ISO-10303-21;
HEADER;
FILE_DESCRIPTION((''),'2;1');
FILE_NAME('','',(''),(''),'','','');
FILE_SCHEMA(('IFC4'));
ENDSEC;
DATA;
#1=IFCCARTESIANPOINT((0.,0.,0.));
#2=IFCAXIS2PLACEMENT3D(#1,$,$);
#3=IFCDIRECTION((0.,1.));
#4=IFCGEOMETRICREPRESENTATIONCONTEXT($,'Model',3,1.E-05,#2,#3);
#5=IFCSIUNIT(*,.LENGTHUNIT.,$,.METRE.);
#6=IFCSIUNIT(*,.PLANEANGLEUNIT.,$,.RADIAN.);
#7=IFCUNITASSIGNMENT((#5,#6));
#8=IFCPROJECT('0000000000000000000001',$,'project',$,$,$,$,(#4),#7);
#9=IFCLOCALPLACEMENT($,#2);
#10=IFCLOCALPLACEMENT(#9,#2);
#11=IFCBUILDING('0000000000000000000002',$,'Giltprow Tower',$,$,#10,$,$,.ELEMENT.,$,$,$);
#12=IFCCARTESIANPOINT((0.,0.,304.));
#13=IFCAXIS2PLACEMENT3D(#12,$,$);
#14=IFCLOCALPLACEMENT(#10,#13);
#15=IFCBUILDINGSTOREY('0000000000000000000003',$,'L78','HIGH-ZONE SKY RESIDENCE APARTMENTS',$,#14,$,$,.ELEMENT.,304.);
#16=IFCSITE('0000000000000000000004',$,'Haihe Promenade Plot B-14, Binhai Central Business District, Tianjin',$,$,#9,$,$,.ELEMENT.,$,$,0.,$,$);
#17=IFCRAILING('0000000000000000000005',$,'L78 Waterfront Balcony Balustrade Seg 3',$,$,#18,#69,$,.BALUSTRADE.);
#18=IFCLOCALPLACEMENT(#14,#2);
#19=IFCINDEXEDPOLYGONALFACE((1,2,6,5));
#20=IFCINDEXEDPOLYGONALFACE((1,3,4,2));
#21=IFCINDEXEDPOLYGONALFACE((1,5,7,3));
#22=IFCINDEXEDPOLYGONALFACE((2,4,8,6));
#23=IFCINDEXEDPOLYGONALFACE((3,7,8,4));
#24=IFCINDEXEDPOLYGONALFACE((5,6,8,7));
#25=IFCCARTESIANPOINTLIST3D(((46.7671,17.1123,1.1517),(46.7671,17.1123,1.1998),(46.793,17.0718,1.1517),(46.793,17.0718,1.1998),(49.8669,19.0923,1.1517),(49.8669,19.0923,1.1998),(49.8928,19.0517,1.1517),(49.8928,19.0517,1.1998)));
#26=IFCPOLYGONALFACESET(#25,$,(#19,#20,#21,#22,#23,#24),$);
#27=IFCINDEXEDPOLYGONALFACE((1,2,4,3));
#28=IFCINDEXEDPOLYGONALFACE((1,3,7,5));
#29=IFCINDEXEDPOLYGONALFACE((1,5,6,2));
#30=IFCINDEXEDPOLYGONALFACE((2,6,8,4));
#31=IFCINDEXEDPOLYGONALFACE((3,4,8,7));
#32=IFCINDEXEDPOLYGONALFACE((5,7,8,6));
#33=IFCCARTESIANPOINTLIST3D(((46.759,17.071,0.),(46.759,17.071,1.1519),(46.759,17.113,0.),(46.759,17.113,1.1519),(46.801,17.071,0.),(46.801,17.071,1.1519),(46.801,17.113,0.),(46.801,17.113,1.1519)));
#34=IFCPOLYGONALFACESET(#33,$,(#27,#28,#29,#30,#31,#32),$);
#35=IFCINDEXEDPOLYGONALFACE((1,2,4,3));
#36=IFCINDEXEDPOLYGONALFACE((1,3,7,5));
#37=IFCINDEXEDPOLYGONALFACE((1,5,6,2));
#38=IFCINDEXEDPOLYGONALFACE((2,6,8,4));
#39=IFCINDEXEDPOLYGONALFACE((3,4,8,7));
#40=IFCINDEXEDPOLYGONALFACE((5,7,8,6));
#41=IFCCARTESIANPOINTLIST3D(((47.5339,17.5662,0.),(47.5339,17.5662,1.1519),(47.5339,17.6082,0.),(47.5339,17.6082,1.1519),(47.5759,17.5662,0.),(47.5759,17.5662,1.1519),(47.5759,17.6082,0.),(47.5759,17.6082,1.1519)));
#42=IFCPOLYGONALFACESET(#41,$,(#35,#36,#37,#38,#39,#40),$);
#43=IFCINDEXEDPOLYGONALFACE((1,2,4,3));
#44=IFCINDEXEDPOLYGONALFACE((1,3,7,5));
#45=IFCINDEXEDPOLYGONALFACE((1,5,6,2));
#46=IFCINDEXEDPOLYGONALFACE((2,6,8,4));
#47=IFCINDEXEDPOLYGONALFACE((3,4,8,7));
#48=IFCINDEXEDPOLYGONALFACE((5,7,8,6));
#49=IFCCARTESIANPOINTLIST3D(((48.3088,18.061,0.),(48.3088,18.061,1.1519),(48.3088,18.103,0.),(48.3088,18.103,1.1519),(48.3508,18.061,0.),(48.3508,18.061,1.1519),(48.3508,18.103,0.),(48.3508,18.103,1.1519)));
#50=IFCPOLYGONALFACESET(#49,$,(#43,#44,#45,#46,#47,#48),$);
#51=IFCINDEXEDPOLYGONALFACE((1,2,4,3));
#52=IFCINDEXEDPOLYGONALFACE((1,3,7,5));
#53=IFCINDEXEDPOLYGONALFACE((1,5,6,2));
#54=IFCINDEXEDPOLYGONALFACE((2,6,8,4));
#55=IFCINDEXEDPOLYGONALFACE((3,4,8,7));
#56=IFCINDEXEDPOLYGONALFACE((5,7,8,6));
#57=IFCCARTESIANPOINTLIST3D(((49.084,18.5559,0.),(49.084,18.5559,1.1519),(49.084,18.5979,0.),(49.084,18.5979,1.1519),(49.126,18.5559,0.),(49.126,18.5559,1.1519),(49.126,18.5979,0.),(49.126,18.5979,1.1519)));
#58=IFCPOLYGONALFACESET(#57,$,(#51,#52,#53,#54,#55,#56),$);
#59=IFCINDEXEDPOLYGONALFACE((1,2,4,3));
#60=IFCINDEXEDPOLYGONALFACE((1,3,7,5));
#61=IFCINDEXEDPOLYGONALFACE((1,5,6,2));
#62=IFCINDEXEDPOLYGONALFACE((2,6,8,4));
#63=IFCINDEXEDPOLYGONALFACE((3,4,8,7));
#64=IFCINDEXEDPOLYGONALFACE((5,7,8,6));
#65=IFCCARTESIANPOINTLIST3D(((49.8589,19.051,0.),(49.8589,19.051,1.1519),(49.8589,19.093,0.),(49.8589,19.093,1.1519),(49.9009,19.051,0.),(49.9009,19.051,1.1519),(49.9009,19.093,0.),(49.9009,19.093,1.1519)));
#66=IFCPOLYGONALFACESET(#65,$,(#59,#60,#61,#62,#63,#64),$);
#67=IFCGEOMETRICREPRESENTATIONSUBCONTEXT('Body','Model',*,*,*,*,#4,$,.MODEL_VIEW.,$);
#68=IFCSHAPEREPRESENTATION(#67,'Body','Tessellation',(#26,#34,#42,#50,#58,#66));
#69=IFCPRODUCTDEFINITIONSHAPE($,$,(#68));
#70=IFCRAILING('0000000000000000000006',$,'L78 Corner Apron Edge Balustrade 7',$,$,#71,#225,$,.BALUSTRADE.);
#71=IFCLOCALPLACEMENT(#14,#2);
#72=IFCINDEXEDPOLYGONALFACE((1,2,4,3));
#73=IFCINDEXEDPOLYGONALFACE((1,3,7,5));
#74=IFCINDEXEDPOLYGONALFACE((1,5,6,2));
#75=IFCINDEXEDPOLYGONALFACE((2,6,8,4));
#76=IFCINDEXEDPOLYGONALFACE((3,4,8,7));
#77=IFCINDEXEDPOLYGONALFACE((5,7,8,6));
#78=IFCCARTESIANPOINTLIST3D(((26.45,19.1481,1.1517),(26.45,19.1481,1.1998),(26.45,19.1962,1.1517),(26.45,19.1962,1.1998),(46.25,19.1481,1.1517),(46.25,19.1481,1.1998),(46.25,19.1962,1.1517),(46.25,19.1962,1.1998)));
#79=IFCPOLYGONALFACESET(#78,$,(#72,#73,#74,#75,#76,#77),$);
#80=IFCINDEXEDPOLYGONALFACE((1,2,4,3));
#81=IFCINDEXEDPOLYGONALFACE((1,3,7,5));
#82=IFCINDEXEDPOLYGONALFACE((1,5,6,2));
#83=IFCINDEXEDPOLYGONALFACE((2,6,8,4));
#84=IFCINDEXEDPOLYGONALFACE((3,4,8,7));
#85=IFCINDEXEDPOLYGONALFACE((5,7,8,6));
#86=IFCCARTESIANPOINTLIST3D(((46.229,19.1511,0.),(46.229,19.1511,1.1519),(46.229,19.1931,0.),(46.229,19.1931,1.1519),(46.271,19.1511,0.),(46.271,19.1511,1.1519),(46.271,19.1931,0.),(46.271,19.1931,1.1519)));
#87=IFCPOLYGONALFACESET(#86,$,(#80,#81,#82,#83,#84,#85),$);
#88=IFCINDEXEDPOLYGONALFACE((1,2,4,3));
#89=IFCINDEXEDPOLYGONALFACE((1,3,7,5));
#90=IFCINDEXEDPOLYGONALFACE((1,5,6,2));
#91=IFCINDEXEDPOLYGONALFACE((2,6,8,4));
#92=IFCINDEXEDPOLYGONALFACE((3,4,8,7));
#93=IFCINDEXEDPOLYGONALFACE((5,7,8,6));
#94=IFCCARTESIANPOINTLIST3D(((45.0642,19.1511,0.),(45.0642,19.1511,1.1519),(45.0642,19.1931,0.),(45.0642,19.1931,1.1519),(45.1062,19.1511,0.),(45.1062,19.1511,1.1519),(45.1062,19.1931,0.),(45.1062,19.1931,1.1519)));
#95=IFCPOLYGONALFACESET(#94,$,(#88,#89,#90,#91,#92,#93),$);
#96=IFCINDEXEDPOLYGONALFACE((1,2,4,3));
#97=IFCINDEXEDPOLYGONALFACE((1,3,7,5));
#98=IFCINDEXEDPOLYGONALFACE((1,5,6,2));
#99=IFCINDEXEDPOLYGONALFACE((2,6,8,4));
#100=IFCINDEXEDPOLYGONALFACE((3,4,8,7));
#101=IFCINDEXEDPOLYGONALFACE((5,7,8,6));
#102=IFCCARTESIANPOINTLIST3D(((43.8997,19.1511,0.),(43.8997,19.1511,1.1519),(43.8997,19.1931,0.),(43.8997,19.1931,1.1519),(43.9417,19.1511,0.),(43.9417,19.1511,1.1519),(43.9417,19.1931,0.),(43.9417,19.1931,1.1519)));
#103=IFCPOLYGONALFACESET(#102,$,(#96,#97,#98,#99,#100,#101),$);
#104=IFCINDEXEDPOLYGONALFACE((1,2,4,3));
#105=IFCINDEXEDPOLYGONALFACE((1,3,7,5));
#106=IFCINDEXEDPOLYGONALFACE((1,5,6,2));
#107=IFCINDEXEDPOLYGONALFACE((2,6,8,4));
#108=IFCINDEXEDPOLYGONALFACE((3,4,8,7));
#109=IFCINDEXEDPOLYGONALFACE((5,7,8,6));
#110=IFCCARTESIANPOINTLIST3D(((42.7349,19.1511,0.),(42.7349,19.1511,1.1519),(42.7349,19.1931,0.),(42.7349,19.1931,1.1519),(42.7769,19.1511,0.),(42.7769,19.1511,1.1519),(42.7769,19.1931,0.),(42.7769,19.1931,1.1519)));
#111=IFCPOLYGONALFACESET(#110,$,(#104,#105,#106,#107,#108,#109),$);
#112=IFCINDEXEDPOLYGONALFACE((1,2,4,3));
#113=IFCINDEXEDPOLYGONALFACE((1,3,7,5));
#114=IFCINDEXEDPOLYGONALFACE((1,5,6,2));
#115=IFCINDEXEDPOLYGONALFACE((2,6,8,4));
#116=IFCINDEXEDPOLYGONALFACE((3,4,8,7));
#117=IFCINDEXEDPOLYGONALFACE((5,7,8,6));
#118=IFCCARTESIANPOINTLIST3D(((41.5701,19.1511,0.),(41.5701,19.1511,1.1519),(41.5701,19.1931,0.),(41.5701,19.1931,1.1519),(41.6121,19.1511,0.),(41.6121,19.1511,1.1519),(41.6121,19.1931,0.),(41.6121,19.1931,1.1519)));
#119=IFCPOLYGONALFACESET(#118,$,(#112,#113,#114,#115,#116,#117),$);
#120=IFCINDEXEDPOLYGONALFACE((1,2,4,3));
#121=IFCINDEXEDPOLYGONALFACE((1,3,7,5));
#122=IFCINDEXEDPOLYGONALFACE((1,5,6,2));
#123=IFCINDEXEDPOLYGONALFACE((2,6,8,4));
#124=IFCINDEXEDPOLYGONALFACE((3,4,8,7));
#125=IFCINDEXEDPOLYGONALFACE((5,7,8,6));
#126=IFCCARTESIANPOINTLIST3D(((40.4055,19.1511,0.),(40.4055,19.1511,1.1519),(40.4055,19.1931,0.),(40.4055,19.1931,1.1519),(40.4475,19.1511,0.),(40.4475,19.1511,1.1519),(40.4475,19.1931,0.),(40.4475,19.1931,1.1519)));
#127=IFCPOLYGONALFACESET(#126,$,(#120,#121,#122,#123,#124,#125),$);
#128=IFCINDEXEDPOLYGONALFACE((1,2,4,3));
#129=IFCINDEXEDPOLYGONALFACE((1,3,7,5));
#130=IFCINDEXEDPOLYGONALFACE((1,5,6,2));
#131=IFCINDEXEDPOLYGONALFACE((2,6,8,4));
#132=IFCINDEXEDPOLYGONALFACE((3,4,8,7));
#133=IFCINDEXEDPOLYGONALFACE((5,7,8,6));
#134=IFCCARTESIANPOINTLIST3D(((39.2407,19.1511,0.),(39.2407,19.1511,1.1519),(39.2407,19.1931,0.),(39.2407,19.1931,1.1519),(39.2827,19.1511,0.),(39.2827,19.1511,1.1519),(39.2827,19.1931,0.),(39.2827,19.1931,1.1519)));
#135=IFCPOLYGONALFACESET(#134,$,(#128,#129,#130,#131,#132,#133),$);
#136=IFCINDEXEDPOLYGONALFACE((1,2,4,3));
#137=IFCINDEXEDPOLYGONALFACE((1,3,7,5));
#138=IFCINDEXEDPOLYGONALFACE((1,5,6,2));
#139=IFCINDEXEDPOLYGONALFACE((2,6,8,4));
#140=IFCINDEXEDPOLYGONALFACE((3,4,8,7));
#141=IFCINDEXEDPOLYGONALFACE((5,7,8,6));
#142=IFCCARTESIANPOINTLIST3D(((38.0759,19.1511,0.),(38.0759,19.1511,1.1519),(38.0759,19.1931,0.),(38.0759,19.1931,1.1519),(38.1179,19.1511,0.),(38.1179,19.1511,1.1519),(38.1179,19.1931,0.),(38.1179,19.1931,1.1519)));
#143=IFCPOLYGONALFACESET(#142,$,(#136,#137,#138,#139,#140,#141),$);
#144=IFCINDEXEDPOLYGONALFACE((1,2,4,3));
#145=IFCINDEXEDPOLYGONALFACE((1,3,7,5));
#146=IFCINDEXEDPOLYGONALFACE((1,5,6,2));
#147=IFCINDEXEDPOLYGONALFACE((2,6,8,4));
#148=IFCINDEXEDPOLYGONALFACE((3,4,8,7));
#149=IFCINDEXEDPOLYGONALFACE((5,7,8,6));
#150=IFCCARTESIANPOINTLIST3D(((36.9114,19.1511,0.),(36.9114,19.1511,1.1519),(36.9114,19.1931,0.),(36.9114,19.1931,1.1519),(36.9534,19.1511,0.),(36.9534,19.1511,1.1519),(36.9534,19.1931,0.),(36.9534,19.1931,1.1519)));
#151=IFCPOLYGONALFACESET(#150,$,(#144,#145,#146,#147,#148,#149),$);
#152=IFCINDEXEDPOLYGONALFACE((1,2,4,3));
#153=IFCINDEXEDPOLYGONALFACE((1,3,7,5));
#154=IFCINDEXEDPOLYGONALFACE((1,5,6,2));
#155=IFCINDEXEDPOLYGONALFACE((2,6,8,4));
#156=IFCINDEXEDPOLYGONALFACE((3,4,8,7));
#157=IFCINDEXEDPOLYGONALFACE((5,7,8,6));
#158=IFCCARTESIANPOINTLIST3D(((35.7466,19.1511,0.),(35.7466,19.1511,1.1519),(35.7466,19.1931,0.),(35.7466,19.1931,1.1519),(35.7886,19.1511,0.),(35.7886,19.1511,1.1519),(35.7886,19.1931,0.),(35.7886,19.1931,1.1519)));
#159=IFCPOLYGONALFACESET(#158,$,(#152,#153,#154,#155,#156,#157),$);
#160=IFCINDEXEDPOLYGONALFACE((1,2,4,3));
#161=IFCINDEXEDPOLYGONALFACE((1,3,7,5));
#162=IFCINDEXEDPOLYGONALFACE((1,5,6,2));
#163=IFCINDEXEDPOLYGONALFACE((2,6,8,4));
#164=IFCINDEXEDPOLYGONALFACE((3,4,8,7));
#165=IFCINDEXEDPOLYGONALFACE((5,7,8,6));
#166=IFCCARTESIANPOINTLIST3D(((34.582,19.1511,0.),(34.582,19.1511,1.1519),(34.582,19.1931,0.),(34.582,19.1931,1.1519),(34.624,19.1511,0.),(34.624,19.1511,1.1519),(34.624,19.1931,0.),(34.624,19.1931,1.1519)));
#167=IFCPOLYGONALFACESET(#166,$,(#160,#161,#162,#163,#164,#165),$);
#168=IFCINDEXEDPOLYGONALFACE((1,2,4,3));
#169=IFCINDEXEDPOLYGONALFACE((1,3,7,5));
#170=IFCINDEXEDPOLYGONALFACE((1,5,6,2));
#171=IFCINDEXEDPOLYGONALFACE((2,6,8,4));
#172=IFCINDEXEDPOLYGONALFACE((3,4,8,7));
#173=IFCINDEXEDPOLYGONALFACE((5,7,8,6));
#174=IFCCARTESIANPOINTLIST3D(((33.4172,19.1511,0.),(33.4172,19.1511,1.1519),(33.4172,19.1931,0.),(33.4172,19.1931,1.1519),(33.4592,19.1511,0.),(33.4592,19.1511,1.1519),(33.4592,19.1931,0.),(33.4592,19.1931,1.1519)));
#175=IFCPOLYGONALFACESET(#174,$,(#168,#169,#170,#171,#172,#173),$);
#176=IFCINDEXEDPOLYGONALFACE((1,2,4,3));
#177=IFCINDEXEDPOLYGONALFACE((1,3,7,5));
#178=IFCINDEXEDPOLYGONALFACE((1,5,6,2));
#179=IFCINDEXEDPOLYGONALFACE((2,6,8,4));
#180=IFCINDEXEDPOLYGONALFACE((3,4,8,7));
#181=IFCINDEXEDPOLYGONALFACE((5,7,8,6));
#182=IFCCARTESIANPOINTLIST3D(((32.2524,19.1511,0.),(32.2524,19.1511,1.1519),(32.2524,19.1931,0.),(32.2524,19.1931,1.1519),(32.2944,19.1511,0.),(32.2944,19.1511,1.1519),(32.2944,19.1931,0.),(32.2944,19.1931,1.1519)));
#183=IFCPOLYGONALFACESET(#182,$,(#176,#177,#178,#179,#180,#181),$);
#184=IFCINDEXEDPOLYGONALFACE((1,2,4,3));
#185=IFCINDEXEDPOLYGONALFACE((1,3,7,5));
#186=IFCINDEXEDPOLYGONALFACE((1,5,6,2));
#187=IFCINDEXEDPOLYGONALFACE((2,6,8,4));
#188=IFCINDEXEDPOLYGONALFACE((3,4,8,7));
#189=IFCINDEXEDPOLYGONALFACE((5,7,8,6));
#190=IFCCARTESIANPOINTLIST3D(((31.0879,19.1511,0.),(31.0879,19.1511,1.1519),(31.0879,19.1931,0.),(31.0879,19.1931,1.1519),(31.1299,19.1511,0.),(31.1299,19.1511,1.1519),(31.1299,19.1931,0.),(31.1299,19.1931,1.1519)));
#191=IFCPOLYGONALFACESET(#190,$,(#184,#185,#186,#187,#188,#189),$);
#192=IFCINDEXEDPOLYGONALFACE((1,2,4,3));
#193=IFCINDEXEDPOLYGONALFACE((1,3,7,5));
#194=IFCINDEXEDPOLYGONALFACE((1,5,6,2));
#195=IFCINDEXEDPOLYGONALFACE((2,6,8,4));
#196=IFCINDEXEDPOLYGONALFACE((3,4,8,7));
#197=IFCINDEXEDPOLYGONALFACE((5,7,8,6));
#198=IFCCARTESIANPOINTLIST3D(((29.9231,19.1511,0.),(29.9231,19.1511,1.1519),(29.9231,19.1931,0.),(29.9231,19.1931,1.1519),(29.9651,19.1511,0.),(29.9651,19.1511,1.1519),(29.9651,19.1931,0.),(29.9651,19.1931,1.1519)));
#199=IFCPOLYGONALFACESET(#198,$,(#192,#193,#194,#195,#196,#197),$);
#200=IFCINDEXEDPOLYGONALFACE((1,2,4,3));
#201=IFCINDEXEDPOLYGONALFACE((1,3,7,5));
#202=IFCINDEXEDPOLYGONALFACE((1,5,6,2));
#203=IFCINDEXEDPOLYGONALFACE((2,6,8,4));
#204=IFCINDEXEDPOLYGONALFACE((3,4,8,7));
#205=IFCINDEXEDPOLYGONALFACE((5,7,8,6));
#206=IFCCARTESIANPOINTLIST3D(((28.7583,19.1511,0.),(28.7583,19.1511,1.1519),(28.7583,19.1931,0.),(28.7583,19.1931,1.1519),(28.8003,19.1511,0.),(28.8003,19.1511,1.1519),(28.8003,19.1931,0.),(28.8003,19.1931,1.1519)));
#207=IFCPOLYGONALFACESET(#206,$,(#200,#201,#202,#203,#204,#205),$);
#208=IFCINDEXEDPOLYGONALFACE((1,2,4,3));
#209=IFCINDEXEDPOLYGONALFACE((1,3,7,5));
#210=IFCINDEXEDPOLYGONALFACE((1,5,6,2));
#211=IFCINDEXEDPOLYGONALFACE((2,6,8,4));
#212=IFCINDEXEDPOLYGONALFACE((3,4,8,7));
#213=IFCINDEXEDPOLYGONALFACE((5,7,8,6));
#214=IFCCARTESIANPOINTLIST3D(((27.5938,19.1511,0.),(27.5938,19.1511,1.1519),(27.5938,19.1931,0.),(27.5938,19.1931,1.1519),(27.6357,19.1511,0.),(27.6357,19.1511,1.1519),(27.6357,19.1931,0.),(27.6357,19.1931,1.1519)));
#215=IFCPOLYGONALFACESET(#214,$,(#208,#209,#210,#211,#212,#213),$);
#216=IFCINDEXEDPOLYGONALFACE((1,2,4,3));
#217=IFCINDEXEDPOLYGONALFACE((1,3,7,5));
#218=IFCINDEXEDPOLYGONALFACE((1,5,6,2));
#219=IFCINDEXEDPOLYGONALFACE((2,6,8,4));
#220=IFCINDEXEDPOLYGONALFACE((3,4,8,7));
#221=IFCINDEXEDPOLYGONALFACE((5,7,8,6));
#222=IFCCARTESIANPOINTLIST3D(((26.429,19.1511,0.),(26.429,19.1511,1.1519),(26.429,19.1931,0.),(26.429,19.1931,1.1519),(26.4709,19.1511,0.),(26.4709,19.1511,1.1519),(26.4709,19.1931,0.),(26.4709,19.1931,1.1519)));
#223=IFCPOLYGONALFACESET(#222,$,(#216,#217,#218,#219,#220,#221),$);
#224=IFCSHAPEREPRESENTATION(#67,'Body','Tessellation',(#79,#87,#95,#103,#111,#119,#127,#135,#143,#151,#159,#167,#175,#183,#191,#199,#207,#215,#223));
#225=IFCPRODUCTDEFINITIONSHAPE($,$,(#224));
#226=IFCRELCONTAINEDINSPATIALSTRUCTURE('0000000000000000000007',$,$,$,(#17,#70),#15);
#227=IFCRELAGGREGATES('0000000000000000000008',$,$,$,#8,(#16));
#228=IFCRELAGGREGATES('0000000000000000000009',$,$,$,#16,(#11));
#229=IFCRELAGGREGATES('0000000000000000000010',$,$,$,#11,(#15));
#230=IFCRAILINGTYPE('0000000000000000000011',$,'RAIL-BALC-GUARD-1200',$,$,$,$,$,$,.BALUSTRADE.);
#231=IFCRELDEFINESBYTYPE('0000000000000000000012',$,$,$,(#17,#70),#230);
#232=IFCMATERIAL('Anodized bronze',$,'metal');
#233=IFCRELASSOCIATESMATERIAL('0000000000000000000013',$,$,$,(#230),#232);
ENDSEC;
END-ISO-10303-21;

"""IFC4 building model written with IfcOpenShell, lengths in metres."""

from ifc_helpers import new_model, si_unit, direction, frame, origin, origin_2d, place, context, subcontext, project, spatial, rectangle, extrude, material, type_object, element, save


model = new_model("IFC4")

# Units and contexts
model_context = context("Model", 3, precision=1e-05, world=origin(), true_north=direction((0.0, 1.0)))
body_context = subcontext(model_context, "Body", "Model", "MODEL_VIEW")
ifc_project = project(units=[si_unit("LENGTHUNIT", "METRE"), si_unit("PLANEANGLEUNIT", "RADIAN")], contexts=[model_context])

# Site, building, storey
site_placement = place(None, origin())
site = spatial("IfcSite", under=ifc_project, at=site_placement, Name="Haihe Promenade Plot B-14, Binhai Central Business District, Tianjin", CompositionType="ELEMENT", RefElevation=0.0)
building_placement = place(site_placement, origin())
building = spatial("IfcBuilding", under=site, at=building_placement, Name="Giltprow Tower", CompositionType="ELEMENT")
storey_placement = place(building_placement, frame((0.0, 0.0, 304.0)))
storey = spatial("IfcBuildingStorey", under=building, at=storey_placement, Name="L78", Description="HIGH-ZONE SKY RESIDENCE APARTMENTS", CompositionType="ELEMENT", Elevation=304.0)

# Shared definitions
ifc_material_1 = material(Name="Anodized bronze", Category="metal")

# Railings
railing_type = type_object("IfcRailingType", Name="RAIL-BALC-GUARD-1200", PredefinedType="BALUSTRADE", material=ifc_material_1)
railing_1_placement = place(storey_placement, frame((46.78, 17.092, 0.0)))
element("IfcRailing", 1, at=railing_1_placement, inside=storey, type_object=railing_type, Name="L78 Waterfront Balcony Balustrade Seg 3", PredefinedType="BALUSTRADE", context=body_context, shape_type="SweptSolid", body=[
    extrude(rectangle(XDim=0.0481, YDim=0.0481, at=origin_2d()), frame((0.0, 0.0, 1.1758), z_axis=(0.842756, 0.538296, 0.0), x_axis=(-0.538296, 0.842756, 0.0)), (0.0, 0.0, 1.0), 3.6782),
    extrude(rectangle(XDim=0.042, YDim=0.042, at=origin_2d()), origin(), (0.0, 0.0, 1.0), 1.1519),
    extrude(rectangle(XDim=0.042, YDim=0.042, at=origin_2d()), frame((0.7749, 0.4951, 0.0)), (0.0, 0.0, 1.0), 1.1519),
    extrude(rectangle(XDim=0.042, YDim=0.042, at=origin_2d()), frame((1.5498, 0.99, 0.0)), (0.0, 0.0, 1.0), 1.1519),
    extrude(rectangle(XDim=0.042, YDim=0.042, at=origin_2d()), frame((2.325, 1.4849, 0.0)), (0.0, 0.0, 1.0), 1.1519),
    extrude(rectangle(XDim=0.042, YDim=0.042, at=origin_2d()), frame((3.0999, 1.98, 0.0)), (0.0, 0.0, 1.0), 1.1519),
])
railing_2_placement = place(storey_placement, frame((46.25, 19.1721, 0.0)))
element("IfcRailing", 2, at=railing_2_placement, inside=storey, type_object=railing_type, Name="L78 Corner Apron Edge Balustrade 7", PredefinedType="BALUSTRADE", context=body_context, shape_type="SweptSolid", body=[
    extrude(rectangle(XDim=0.0481, YDim=0.0481, at=origin_2d()), frame((0.0, 0.0, 1.1758), z_axis=(-1.0, 0.0, 0.0), x_axis=(0.0, -1.0, 0.0)), (0.0, 0.0, 1.0), 19.8),
    extrude(rectangle(XDim=0.042, YDim=0.042, at=origin_2d()), origin(), (0.0, 0.0, 1.0), 1.1519),
    extrude(rectangle(XDim=0.042, YDim=0.042, at=origin_2d()), frame((-1.1648, 0.0, 0.0)), (0.0, 0.0, 1.0), 1.1519),
    extrude(rectangle(XDim=0.042, YDim=0.042, at=origin_2d()), frame((-2.3293, 0.0, 0.0)), (0.0, 0.0, 1.0), 1.1519),
    extrude(rectangle(XDim=0.042, YDim=0.042, at=origin_2d()), frame((-3.4941, 0.0, 0.0)), (0.0, 0.0, 1.0), 1.1519),
    extrude(rectangle(XDim=0.042, YDim=0.042, at=origin_2d()), frame((-4.6589, 0.0, 0.0)), (0.0, 0.0, 1.0), 1.1519),
    extrude(rectangle(XDim=0.042, YDim=0.042, at=origin_2d()), frame((-5.8235, 0.0, 0.0)), (0.0, 0.0, 1.0), 1.1519),
    extrude(rectangle(XDim=0.042, YDim=0.042, at=origin_2d()), frame((-6.9883, 0.0, 0.0)), (0.0, 0.0, 1.0), 1.1519),
    extrude(rectangle(XDim=0.042, YDim=0.042, at=origin_2d()), frame((-8.1531, 0.0, 0.0)), (0.0, 0.0, 1.0), 1.1519),
    extrude(rectangle(XDim=0.042, YDim=0.042, at=origin_2d()), frame((-9.3176, 0.0, 0.0)), (0.0, 0.0, 1.0), 1.1519),
    extrude(rectangle(XDim=0.042, YDim=0.042, at=origin_2d()), frame((-10.4824, 0.0, 0.0)), (0.0, 0.0, 1.0), 1.1519),
    extrude(rectangle(XDim=0.042, YDim=0.042, at=origin_2d()), frame((-11.647, 0.0, 0.0)), (0.0, 0.0, 1.0), 1.1519),
    extrude(rectangle(XDim=0.042, YDim=0.042, at=origin_2d()), frame((-12.8118, 0.0, 0.0)), (0.0, 0.0, 1.0), 1.1519),
    extrude(rectangle(XDim=0.042, YDim=0.042, at=origin_2d()), frame((-13.9766, 0.0, 0.0)), (0.0, 0.0, 1.0), 1.1519),
    extrude(rectangle(XDim=0.042, YDim=0.042, at=origin_2d()), frame((-15.1411, 0.0, 0.0)), (0.0, 0.0, 1.0), 1.1519),
    extrude(rectangle(XDim=0.042, YDim=0.042, at=origin_2d()), frame((-16.3059, 0.0, 0.0)), (0.0, 0.0, 1.0), 1.1519),
    extrude(rectangle(XDim=0.042, YDim=0.042, at=origin_2d()), frame((-17.4707, 0.0, 0.0)), (0.0, 0.0, 1.0), 1.1519),
    extrude(rectangle(XDim=0.042, YDim=0.042, at=origin_2d()), frame((-18.6353, 0.0, 0.0)), (0.0, 0.0, 1.0), 1.1519),
    extrude(rectangle(XDim=0.042, YDim=0.042, at=origin_2d()), frame((-19.8, 0.0, 0.0)), (0.0, 0.0, 1.0), 1.1519),
])

save(model, "model.ifc")
